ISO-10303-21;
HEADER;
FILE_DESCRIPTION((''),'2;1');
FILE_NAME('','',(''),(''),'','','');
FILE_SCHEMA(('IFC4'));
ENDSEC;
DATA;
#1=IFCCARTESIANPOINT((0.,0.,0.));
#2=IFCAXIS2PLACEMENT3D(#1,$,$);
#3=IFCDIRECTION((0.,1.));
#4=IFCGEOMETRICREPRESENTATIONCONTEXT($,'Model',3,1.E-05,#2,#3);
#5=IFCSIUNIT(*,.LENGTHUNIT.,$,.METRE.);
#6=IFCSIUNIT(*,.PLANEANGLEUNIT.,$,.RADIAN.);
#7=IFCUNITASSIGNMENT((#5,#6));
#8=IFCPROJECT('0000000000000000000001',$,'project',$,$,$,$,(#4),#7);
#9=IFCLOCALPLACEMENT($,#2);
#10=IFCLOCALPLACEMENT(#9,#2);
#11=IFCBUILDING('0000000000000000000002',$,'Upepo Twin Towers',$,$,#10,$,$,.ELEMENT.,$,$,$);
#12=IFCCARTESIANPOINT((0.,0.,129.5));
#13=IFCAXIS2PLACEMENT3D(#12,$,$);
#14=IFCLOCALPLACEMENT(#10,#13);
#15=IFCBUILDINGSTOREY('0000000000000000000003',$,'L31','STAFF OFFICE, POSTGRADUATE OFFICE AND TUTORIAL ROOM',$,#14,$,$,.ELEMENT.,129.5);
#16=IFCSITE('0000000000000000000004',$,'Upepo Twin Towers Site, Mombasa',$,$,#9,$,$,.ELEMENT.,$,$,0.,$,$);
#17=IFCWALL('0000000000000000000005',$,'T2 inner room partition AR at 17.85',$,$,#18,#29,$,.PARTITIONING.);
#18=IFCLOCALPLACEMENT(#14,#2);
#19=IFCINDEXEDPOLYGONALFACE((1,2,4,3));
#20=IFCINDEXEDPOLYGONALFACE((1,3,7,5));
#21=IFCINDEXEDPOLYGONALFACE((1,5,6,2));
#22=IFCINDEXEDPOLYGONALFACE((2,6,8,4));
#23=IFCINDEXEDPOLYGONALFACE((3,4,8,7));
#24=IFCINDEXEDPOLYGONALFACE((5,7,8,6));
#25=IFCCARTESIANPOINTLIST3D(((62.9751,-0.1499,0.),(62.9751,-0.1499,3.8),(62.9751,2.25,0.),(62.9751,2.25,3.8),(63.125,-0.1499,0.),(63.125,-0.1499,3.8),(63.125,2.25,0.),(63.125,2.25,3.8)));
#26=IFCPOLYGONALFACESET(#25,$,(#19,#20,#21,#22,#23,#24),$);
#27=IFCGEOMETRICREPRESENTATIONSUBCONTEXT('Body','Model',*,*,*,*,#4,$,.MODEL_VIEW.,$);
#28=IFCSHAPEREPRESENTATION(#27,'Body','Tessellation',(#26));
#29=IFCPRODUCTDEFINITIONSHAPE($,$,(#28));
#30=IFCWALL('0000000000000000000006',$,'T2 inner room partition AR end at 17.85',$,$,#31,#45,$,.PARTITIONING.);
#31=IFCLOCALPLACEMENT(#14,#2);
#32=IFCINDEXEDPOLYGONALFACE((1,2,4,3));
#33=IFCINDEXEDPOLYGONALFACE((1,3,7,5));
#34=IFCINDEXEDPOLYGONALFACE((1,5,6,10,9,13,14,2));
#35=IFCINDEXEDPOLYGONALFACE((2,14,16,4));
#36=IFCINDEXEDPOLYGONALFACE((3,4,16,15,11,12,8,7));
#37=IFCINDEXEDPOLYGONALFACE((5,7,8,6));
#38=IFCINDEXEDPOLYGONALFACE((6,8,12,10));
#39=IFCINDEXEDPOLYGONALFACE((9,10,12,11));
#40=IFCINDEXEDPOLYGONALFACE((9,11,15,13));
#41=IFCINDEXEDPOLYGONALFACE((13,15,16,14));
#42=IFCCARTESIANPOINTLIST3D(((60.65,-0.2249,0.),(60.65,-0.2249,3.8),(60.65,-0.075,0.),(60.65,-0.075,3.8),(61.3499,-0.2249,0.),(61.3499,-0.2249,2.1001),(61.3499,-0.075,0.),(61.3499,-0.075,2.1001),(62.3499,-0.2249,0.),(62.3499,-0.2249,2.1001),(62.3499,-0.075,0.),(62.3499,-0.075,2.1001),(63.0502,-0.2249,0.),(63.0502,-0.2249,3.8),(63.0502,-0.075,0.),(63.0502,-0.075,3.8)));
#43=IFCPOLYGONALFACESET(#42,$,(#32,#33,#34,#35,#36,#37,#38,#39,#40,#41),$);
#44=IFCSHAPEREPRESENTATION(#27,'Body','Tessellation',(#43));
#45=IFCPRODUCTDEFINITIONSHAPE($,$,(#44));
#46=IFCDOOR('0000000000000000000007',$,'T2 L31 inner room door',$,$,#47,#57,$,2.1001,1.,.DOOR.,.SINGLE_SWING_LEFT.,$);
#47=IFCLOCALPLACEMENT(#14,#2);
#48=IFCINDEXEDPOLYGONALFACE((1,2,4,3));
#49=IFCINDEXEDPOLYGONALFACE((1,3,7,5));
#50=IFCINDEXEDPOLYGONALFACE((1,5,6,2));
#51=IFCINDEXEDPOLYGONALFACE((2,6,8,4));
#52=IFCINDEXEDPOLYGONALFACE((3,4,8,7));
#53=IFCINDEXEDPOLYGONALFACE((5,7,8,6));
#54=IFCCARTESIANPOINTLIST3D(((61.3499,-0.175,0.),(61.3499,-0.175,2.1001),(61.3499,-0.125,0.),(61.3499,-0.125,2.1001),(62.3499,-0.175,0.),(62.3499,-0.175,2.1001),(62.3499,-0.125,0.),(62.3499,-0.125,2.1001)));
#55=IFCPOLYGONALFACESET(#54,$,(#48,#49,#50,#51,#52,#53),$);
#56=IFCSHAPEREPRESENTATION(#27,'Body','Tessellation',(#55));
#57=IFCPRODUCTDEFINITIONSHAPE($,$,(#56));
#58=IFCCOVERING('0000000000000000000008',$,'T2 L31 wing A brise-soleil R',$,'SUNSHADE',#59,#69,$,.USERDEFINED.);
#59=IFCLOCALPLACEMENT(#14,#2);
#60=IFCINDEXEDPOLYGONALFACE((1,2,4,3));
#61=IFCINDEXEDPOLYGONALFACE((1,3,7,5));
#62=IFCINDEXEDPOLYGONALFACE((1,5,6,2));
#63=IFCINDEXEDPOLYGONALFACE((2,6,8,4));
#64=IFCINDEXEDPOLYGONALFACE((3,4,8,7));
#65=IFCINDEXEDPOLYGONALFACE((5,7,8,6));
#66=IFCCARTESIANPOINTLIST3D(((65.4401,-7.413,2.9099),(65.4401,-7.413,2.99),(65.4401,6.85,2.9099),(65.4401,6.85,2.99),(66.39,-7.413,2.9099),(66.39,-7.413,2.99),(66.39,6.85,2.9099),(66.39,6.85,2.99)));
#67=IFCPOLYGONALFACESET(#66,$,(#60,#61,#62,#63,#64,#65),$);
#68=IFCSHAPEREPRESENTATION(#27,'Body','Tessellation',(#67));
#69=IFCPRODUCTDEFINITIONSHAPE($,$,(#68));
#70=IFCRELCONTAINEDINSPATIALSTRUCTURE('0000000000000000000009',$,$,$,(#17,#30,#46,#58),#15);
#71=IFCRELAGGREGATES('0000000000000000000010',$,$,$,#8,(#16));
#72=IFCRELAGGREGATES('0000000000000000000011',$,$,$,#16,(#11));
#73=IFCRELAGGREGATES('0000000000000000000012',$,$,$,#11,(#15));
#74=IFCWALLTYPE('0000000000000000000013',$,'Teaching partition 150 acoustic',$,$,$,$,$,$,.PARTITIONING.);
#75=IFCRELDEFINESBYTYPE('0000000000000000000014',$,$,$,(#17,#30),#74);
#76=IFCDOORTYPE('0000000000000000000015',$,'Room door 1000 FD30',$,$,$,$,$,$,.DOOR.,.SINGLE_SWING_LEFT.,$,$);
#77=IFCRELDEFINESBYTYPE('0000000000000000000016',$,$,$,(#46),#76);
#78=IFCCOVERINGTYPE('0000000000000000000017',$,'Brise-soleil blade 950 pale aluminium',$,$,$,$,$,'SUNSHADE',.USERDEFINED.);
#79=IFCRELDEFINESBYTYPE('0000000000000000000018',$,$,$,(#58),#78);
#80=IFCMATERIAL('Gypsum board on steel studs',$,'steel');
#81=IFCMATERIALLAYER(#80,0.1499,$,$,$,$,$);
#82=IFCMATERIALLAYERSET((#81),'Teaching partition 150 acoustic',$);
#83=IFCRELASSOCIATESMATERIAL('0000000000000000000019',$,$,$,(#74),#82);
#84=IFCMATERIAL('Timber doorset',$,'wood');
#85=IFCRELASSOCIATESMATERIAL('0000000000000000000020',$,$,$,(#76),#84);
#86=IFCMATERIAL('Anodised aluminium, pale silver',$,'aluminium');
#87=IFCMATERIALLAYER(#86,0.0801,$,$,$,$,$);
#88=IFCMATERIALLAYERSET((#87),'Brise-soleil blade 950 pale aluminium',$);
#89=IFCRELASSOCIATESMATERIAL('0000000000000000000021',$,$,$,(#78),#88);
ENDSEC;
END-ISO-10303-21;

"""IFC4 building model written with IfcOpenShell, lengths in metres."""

from ifc_helpers import new_model, si_unit, direction, frame, frame_2d, origin, origin_2d, place, context, subcontext, project, spatial, rectangle, extrude, material, layer, layer_set, type_object, element, fill, save


model = new_model("IFC4")

# Units and contexts
model_context = context("Model", 3, precision=1e-05, world=origin(), true_north=direction((0.0, 1.0)))
body_context = subcontext(model_context, "Body", "Model", "MODEL_VIEW")
ifc_project = project(units=[si_unit("LENGTHUNIT", "METRE"), si_unit("PLANEANGLEUNIT", "RADIAN")], contexts=[model_context])

# Site, building, storey
site_placement = place(None, origin())
site = spatial("IfcSite", under=ifc_project, at=site_placement, Name="Upepo Twin Towers Site, Mombasa", CompositionType="ELEMENT", RefElevation=0.0)
building_placement = place(site_placement, origin())
building = spatial("IfcBuilding", under=site, at=building_placement, Name="Upepo Twin Towers", CompositionType="ELEMENT")
storey_placement = place(building_placement, frame((0.0, 0.0, 129.5)))
storey = spatial("IfcBuildingStorey", under=building, at=storey_placement, Name="L31", Description="STAFF OFFICE, POSTGRADUATE OFFICE AND TUTORIAL ROOM", CompositionType="ELEMENT", Elevation=129.5)

# Wall
ifc_material_1 = material(Name="Gypsum board on steel studs", Category="steel")
ifc_layer_1 = layer(ifc_material_1, 0.1499)
ifc_layer_set_1 = layer_set([ifc_layer_1], Name="Teaching partition 150 acoustic")
wall_type_1 = type_object("IfcWallType", Name="Teaching partition 150 acoustic", PredefinedType="PARTITIONING", material=ifc_layer_set_1)
wall_1_placement = place(storey_placement, frame((63.05, -0.1499, 0.0), z_axis=(0.0, 0.0, 1.0), x_axis=(0.0, 1.0, 0.0)))
element("IfcWall", 1, at=wall_1_placement, inside=storey, type_object=wall_type_1, Name="T2 inner room partition AR at 17.85", PredefinedType="PARTITIONING", context=body_context, shape_type="SweptSolid", body=[
    extrude(rectangle(XDim=2.3999, YDim=0.1499, at=frame_2d((1.2, 0.0))), origin(), (0.0, 0.0, 1.0), 3.8),
])

# Wall, opening, door
wall_2_placement = place(storey_placement, frame((60.6499, -0.1499, 0.0), z_axis=(0.0, 0.0, 1.0), x_axis=(1.0, 0.0, 0.0)))
wall_2 = element("IfcWall", 2, at=wall_2_placement, inside=storey, type_object=wall_type_1, Name="T2 inner room partition AR end at 17.85", PredefinedType="PARTITIONING", context=body_context, shape_type="SweptSolid", body=[
    extrude(rectangle(XDim=2.4001, YDim=0.1499, at=frame_2d((1.2002, 0.0))), origin(), (0.0, 0.0, 1.0), 3.8),
])
opening_placement = place(wall_2_placement, frame((0.7, 0.0, 0.0)))
opening = element("IfcOpeningElement", 3, at=opening_placement, cuts=wall_2, PredefinedType="OPENING", context=body_context, shape_type="SweptSolid", body=[
    extrude(rectangle(XDim=1.0, YDim=2.1001, at=frame_2d((0.5, 1.05))), frame((0.0, 0.085, 0.0), z_axis=(0.0, -1.0, 0.0), x_axis=(1.0, 0.0, 0.0)), (0.0, 0.0, 1.0), 0.1699),
])
ifc_material_2 = material(Name="Timber doorset", Category="wood")
door_type = type_object("IfcDoorType", Name="Room door 1000 FD30", OperationType="SINGLE_SWING_LEFT", PredefinedType="DOOR", material=ifc_material_2)
door_placement = place(opening_placement, origin())
door = element("IfcDoor", 4, at=door_placement, inside=storey, type_object=door_type, Name="T2 L31 inner room door", OperationType="SINGLE_SWING_LEFT", OverallHeight=2.1001, OverallWidth=1.0, PredefinedType="DOOR", context=body_context, shape_type="SweptSolid", body=[
    extrude(rectangle(XDim=1.0, YDim=2.1001, at=frame_2d((0.5, 1.05))), frame((0.0, 0.0249, 0.0), z_axis=(0.0, -1.0, 0.0), x_axis=(1.0, 0.0, 0.0)), (0.0, 0.0, 1.0), 0.05),
])
fill(opening, door)

# Covering
ifc_material_3 = material(Name="Anodised aluminium, pale silver", Category="aluminium")
ifc_layer_2 = layer(ifc_material_3, 0.0801)
ifc_layer_set_2 = layer_set([ifc_layer_2], Name="Brise-soleil blade 950 pale aluminium")
covering_type = type_object("IfcCoveringType", Name="Brise-soleil blade 950 pale aluminium", ElementType="SUNSHADE", PredefinedType="USERDEFINED", material=ifc_layer_set_2)
covering_placement = place(storey_placement, frame((65.915, -0.2815, 2.9099), z_axis=(0.0, 0.0, 1.0), x_axis=(0.0, 1.0, 0.0)))
element("IfcCovering", 5, at=covering_placement, inside=storey, type_object=covering_type, Name="T2 L31 wing A brise-soleil R", ObjectType="SUNSHADE", PredefinedType="USERDEFINED", context=body_context, shape_type="SweptSolid", body=[
    extrude(rectangle(XDim=14.2629, YDim=0.95, at=origin_2d()), origin(), (0.0, 0.0, 1.0), 0.0801),
])

save(model, "model.ifc")
